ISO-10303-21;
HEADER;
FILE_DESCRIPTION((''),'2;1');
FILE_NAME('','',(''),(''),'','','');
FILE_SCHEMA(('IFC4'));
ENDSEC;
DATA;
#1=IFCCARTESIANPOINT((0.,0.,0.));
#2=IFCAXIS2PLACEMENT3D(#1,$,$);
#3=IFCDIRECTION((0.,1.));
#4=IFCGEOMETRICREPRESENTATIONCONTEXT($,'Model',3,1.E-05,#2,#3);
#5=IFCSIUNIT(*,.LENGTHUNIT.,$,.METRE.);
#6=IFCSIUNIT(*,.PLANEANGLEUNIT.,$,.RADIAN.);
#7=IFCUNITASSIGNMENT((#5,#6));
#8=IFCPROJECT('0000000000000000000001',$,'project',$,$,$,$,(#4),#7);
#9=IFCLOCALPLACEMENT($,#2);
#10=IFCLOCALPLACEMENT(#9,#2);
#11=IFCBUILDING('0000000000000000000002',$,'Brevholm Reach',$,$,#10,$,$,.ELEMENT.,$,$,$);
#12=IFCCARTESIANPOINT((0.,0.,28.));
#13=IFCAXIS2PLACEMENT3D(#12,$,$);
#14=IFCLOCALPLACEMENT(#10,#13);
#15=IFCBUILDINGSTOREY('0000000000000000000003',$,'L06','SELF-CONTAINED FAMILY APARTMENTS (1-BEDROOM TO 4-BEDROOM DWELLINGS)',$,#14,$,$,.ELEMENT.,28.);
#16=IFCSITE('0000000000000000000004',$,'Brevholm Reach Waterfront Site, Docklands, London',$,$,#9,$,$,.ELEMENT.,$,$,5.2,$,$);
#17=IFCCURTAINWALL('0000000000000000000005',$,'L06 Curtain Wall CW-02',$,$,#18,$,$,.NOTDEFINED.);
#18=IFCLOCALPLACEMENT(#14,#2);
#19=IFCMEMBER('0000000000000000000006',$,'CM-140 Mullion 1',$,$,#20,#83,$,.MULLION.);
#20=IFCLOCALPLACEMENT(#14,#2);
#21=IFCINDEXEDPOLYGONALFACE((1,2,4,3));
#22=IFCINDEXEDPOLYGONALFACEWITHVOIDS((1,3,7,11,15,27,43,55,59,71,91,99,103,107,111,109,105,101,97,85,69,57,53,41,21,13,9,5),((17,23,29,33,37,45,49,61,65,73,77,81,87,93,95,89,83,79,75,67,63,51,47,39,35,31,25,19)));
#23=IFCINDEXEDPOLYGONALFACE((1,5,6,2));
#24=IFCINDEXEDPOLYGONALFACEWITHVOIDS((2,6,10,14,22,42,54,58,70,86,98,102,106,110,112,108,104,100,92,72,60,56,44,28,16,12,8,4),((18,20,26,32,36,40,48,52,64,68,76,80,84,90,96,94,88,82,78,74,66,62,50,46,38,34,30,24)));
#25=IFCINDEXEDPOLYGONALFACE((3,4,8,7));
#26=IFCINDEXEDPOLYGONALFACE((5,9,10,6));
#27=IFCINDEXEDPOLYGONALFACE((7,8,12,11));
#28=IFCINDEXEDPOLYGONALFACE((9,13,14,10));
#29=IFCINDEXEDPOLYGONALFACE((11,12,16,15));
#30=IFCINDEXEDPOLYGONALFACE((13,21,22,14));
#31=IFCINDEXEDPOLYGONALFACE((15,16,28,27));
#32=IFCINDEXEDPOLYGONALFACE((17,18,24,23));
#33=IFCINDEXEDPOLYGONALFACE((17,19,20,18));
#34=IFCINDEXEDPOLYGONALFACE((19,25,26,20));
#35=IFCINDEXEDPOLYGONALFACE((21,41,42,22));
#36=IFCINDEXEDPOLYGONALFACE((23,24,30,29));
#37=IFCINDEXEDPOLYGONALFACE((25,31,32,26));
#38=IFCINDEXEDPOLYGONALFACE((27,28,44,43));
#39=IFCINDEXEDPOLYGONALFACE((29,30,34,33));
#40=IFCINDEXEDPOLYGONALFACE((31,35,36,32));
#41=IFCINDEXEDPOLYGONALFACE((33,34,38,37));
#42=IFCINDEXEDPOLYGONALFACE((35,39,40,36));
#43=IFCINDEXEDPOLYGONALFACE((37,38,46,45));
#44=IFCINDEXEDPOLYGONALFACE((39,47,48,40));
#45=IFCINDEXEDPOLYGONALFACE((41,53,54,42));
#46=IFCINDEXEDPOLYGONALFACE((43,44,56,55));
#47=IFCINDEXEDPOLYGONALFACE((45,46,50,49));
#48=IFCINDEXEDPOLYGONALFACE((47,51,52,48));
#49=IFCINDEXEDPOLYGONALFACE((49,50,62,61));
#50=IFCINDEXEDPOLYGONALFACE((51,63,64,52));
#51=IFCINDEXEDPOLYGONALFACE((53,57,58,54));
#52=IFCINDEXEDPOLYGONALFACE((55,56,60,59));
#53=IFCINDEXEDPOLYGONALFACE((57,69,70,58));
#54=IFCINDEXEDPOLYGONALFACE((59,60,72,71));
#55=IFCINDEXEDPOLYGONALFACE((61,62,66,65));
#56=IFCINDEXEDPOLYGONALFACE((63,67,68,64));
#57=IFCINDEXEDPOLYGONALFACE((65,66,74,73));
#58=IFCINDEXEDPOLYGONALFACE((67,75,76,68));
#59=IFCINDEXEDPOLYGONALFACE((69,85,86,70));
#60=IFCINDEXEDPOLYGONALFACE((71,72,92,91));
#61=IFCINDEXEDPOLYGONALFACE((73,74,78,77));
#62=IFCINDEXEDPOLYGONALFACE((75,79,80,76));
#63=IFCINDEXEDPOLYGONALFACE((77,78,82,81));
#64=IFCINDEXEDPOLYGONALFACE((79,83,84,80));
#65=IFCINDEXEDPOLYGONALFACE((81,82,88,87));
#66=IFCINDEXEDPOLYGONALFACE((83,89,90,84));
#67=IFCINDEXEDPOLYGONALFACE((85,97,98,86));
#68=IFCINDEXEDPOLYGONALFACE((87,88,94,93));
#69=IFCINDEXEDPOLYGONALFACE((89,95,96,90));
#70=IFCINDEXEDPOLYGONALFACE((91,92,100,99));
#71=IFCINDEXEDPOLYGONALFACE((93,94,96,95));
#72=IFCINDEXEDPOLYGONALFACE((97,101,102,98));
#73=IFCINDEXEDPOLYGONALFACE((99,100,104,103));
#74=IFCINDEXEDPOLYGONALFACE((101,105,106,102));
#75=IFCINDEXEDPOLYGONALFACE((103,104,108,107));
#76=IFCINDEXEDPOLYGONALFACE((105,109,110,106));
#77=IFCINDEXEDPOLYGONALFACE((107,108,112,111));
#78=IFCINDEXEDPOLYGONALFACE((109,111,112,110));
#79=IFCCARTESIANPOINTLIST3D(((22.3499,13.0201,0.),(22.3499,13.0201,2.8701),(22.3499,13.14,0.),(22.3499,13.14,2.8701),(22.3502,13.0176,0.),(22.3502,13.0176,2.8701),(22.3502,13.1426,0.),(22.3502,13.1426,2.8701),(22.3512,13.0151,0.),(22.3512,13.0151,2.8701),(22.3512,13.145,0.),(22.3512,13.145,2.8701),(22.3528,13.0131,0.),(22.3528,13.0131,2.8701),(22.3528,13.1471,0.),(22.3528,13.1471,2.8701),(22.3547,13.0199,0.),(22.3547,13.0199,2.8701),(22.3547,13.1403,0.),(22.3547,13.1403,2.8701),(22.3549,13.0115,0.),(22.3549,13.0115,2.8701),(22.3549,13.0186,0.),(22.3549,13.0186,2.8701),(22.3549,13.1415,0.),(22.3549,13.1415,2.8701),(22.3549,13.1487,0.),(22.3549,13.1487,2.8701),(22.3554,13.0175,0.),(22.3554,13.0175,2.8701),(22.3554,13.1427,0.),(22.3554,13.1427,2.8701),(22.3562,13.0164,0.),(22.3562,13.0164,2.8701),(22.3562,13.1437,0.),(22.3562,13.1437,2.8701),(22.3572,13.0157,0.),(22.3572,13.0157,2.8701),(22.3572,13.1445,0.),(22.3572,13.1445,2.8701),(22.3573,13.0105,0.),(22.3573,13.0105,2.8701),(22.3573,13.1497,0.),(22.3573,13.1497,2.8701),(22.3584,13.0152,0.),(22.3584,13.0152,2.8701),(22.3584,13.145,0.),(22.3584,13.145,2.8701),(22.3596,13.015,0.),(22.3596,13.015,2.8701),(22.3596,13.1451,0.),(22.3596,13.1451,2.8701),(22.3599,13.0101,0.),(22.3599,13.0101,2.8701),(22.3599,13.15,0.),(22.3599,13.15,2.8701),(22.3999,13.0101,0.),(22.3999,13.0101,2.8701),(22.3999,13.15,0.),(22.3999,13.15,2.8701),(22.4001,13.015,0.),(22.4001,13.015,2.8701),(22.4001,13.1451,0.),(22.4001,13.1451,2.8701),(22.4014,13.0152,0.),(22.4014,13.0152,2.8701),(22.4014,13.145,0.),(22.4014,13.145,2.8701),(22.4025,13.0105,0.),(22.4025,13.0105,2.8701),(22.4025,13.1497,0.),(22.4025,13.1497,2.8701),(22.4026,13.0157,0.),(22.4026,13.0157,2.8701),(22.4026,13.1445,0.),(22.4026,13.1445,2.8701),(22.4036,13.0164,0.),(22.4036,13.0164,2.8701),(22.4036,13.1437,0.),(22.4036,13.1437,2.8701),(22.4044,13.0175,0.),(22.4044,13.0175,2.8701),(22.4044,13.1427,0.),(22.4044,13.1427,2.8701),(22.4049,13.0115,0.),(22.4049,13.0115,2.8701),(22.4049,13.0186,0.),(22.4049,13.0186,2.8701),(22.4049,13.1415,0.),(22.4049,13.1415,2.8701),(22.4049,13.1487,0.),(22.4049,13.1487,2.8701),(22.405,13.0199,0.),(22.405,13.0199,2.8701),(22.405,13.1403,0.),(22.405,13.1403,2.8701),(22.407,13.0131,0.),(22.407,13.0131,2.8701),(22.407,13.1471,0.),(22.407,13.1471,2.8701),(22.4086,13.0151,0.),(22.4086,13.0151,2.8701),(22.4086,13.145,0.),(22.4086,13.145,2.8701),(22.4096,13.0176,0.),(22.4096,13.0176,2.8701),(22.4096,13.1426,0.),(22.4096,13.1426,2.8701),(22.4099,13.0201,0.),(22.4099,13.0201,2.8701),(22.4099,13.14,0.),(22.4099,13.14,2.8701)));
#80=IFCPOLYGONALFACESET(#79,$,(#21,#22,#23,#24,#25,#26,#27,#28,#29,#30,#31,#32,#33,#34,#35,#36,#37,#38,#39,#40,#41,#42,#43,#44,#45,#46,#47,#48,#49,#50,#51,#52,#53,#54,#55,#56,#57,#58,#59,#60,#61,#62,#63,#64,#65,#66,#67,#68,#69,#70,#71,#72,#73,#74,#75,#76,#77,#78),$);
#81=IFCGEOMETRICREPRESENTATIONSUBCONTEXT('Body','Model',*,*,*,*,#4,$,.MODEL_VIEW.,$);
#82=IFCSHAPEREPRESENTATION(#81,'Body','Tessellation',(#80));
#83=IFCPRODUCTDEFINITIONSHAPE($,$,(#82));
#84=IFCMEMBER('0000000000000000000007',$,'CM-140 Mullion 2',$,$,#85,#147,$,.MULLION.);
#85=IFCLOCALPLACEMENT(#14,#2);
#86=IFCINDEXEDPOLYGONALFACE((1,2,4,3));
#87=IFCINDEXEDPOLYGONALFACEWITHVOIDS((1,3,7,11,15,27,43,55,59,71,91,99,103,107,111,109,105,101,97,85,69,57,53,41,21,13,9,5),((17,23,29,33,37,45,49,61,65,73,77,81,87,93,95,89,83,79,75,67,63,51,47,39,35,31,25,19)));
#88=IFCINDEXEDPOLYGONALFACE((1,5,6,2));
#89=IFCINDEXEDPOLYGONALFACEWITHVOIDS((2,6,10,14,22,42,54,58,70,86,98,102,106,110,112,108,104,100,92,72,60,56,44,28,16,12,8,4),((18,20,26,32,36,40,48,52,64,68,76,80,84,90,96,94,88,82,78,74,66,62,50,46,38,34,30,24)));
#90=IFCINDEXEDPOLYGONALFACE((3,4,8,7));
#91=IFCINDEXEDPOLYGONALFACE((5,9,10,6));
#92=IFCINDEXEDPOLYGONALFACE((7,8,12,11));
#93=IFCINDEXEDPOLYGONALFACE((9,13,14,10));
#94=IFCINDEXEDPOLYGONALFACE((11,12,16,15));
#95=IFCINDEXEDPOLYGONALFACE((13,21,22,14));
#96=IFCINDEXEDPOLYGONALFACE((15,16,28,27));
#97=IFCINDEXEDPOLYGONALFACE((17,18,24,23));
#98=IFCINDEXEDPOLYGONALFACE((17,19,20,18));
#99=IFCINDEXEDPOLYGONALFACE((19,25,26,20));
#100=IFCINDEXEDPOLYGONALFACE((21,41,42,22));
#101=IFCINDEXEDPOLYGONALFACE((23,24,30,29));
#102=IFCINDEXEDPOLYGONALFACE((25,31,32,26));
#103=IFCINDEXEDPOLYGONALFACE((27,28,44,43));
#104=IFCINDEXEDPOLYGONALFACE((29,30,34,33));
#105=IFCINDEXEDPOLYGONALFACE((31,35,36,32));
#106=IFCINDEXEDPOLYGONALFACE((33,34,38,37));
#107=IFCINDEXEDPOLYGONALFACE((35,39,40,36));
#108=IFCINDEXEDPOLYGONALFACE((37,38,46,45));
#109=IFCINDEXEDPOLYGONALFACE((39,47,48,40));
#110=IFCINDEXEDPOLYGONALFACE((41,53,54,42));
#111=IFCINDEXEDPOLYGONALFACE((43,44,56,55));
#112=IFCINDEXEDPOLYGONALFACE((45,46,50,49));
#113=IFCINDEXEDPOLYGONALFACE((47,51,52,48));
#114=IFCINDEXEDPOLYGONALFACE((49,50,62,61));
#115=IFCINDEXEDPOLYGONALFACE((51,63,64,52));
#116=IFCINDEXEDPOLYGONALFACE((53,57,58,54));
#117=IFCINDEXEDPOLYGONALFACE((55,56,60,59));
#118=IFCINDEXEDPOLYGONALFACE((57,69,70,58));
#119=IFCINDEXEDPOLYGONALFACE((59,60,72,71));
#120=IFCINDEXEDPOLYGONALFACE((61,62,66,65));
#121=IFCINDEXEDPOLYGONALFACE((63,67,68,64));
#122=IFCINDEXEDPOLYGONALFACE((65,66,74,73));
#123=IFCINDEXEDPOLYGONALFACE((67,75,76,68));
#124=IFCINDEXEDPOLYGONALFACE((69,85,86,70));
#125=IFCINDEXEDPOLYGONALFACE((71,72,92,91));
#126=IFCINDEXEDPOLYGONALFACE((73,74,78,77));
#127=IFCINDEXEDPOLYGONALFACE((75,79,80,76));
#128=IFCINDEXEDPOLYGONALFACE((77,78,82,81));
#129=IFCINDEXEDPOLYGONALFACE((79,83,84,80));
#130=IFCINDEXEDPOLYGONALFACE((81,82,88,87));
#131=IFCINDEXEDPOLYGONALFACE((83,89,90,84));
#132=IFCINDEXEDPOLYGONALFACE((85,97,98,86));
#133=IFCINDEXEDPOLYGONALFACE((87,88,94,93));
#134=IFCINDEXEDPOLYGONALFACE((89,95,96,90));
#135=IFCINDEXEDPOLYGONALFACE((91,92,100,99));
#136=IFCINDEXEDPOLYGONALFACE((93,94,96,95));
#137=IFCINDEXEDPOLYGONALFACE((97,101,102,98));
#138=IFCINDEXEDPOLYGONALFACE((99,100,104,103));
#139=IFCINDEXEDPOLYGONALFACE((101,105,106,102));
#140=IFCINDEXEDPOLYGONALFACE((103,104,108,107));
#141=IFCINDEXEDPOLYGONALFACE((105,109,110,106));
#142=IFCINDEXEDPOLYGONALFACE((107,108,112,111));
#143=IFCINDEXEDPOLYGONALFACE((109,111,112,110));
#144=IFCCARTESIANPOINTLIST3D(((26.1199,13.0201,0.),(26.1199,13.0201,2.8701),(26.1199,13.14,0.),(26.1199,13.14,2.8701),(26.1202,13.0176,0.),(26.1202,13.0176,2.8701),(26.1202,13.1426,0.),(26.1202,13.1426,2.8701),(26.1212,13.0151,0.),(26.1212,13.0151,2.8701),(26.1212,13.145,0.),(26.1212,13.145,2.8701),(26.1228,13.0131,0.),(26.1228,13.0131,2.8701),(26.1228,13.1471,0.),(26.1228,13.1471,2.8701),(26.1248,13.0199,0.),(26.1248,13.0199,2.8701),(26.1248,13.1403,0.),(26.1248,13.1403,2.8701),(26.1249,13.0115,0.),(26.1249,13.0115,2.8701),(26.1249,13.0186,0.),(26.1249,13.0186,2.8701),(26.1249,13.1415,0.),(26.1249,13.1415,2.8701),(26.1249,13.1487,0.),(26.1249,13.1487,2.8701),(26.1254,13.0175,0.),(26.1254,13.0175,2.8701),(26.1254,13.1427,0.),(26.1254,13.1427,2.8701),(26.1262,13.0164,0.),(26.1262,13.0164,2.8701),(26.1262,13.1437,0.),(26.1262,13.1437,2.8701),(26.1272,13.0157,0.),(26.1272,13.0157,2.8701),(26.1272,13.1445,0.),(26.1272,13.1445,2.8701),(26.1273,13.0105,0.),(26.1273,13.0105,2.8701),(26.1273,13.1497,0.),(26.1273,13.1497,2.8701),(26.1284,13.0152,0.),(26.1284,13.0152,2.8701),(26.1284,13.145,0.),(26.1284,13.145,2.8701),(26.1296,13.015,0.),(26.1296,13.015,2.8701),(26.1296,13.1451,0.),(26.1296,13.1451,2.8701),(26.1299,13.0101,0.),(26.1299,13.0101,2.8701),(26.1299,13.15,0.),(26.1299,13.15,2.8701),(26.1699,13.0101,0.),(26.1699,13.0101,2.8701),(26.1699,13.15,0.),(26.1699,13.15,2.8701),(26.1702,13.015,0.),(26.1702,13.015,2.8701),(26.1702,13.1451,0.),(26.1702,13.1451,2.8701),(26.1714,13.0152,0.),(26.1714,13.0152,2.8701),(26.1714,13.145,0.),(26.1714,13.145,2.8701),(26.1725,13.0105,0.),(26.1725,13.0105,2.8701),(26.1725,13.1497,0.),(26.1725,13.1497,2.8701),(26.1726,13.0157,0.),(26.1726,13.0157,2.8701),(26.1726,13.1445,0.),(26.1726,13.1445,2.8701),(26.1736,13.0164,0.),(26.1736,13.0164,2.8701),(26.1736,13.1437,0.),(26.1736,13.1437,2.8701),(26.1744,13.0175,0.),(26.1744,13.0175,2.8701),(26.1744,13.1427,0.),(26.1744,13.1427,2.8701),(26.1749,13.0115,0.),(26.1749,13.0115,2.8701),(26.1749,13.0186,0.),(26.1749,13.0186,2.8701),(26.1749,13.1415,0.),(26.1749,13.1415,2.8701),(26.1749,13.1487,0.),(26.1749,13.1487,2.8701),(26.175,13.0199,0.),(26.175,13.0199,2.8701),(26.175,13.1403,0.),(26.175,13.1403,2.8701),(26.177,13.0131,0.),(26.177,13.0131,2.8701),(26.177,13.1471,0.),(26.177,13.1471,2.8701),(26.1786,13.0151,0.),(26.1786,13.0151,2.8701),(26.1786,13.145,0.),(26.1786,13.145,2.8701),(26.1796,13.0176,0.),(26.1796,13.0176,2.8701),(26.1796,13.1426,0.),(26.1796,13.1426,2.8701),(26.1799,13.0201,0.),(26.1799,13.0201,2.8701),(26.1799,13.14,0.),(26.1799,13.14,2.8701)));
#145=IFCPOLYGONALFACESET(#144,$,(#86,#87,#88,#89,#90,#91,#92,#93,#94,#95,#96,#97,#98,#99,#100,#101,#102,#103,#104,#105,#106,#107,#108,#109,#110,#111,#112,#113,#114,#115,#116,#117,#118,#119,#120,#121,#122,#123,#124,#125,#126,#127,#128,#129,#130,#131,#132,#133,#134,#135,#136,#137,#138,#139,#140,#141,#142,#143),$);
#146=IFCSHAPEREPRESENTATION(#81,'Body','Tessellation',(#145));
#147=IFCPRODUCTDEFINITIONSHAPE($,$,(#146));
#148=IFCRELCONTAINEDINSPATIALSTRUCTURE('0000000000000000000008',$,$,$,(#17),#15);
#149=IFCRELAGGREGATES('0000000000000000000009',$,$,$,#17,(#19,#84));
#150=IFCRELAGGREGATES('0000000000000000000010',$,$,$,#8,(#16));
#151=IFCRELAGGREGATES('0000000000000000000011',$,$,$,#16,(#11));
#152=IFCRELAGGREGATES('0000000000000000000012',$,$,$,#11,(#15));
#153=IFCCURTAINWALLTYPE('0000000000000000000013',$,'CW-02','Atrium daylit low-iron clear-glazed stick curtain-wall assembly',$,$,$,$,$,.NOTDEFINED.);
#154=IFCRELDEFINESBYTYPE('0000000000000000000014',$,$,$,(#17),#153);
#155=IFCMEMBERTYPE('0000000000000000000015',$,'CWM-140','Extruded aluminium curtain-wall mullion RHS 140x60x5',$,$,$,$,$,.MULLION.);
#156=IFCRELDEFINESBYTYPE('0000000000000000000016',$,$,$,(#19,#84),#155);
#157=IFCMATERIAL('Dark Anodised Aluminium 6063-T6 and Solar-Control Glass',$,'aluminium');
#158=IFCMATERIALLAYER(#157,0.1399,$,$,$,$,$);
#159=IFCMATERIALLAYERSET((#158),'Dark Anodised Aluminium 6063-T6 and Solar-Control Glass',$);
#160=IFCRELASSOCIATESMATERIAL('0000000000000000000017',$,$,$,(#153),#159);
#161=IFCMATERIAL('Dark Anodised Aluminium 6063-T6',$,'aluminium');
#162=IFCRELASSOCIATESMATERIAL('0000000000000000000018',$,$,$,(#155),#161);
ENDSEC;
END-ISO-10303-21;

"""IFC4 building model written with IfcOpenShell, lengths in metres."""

from ifc_helpers import new_model, si_unit, direction, frame, origin, origin_2d, place, context, subcontext, project, spatial, hollow_rectangle, extrude, material, layer, layer_set, material_profile, profile_set, type_object, element, aggregate, save


model = new_model("IFC4")

# Units and contexts
model_context = context("Model", 3, precision=1e-05, world=origin(), true_north=direction((0.0, 1.0)))
body_context = subcontext(model_context, "Body", "Model", "MODEL_VIEW")
ifc_project = project(units=[si_unit("LENGTHUNIT", "METRE"), si_unit("PLANEANGLEUNIT", "RADIAN")], contexts=[model_context])

# Site, building, storey
site_placement = place(None, origin())
site = spatial("IfcSite", under=ifc_project, at=site_placement, Name="Brevholm Reach Waterfront Site, Docklands, London", CompositionType="ELEMENT", RefElevation=5.2)
building_placement = place(site_placement, origin())
building = spatial("IfcBuilding", under=site, at=building_placement, Name="Brevholm Reach", CompositionType="ELEMENT")
storey_placement = place(building_placement, frame((0.0, 0.0, 28.0)))
storey = spatial("IfcBuildingStorey", under=building, at=storey_placement, Name="L06", Description="SELF-CONTAINED FAMILY APARTMENTS (1-BEDROOM TO 4-BEDROOM DWELLINGS)", CompositionType="ELEMENT", Elevation=28.0)

# Curtain wall, members
ifc_material_1 = material(Name="Dark Anodised Aluminium 6063-T6 and Solar-Control Glass", Category="aluminium")
ifc_layer_1 = layer(ifc_material_1, 0.1399)
ifc_layer_set_1 = layer_set([ifc_layer_1], Name="Dark Anodised Aluminium 6063-T6 and Solar-Control Glass")
curtain_wall_type = type_object("IfcCurtainWallType", Name="CW-02", Description="Atrium daylit low-iron clear-glazed stick curtain-wall assembly", PredefinedType="NOTDEFINED", material=ifc_layer_set_1)
curtain_wall_placement = place(storey_placement, origin())
curtain_wall = element("IfcCurtainWall", 1, at=curtain_wall_placement, inside=storey, type_object=curtain_wall_type, Name="L06 Curtain Wall CW-02", PredefinedType="NOTDEFINED")
ifc_material_2 = material(Name="Dark Anodised Aluminium 6063-T6", Category="aluminium")
ifc_material_profile_1 = material_profile(ifc_material_2, hollow_rectangle(XDim=0.0601, YDim=0.1399, WallThickness=0.0049, InnerFilletRadius=0.0049, OuterFilletRadius=0.01, at=origin_2d()), Name="RHS 140x60x5")
ifc_profile_set_1 = profile_set([ifc_material_profile_1], Name="Dark Anodised Aluminium 6063-T6")
member_type_1 = type_object("IfcMemberType", Name="CWM-140", Description="Extruded aluminium curtain-wall mullion RHS 140x60x5", PredefinedType="MULLION", material=ifc_profile_set_1)
member_1_placement = place(storey_placement, frame((22.3799, 13.0801, 0.0), z_axis=(0.0, 0.0, 1.0), x_axis=(1.0, 0.0, 0.0)))
member_1 = element("IfcMember", 2, at=member_1_placement, type_object=member_type_1, Name="CM-140 Mullion 1", PredefinedType="MULLION", context=body_context, shape_type="SweptSolid", body=[
    extrude(hollow_rectangle(XDim=0.0601, YDim=0.1399, WallThickness=0.0049, InnerFilletRadius=0.0049, OuterFilletRadius=0.01, at=origin_2d()), origin(), (0.0, 0.0, 1.0), 2.8701),
])
member_2_placement = place(storey_placement, frame((26.1499, 13.0801, 0.0), z_axis=(0.0, 0.0, 1.0), x_axis=(1.0, 0.0, 0.0)))
member_2 = element("IfcMember", 3, at=member_2_placement, type_object=member_type_1, Name="CM-140 Mullion 2", PredefinedType="MULLION", context=body_context, shape_type="SweptSolid", body=[
    extrude(hollow_rectangle(XDim=0.0601, YDim=0.1399, WallThickness=0.0049, InnerFilletRadius=0.0049, OuterFilletRadius=0.01, at=origin_2d()), origin(), (0.0, 0.0, 1.0), 2.8701),
])
aggregate(curtain_wall, [member_1, member_2])

save(model, "model.ifc")
